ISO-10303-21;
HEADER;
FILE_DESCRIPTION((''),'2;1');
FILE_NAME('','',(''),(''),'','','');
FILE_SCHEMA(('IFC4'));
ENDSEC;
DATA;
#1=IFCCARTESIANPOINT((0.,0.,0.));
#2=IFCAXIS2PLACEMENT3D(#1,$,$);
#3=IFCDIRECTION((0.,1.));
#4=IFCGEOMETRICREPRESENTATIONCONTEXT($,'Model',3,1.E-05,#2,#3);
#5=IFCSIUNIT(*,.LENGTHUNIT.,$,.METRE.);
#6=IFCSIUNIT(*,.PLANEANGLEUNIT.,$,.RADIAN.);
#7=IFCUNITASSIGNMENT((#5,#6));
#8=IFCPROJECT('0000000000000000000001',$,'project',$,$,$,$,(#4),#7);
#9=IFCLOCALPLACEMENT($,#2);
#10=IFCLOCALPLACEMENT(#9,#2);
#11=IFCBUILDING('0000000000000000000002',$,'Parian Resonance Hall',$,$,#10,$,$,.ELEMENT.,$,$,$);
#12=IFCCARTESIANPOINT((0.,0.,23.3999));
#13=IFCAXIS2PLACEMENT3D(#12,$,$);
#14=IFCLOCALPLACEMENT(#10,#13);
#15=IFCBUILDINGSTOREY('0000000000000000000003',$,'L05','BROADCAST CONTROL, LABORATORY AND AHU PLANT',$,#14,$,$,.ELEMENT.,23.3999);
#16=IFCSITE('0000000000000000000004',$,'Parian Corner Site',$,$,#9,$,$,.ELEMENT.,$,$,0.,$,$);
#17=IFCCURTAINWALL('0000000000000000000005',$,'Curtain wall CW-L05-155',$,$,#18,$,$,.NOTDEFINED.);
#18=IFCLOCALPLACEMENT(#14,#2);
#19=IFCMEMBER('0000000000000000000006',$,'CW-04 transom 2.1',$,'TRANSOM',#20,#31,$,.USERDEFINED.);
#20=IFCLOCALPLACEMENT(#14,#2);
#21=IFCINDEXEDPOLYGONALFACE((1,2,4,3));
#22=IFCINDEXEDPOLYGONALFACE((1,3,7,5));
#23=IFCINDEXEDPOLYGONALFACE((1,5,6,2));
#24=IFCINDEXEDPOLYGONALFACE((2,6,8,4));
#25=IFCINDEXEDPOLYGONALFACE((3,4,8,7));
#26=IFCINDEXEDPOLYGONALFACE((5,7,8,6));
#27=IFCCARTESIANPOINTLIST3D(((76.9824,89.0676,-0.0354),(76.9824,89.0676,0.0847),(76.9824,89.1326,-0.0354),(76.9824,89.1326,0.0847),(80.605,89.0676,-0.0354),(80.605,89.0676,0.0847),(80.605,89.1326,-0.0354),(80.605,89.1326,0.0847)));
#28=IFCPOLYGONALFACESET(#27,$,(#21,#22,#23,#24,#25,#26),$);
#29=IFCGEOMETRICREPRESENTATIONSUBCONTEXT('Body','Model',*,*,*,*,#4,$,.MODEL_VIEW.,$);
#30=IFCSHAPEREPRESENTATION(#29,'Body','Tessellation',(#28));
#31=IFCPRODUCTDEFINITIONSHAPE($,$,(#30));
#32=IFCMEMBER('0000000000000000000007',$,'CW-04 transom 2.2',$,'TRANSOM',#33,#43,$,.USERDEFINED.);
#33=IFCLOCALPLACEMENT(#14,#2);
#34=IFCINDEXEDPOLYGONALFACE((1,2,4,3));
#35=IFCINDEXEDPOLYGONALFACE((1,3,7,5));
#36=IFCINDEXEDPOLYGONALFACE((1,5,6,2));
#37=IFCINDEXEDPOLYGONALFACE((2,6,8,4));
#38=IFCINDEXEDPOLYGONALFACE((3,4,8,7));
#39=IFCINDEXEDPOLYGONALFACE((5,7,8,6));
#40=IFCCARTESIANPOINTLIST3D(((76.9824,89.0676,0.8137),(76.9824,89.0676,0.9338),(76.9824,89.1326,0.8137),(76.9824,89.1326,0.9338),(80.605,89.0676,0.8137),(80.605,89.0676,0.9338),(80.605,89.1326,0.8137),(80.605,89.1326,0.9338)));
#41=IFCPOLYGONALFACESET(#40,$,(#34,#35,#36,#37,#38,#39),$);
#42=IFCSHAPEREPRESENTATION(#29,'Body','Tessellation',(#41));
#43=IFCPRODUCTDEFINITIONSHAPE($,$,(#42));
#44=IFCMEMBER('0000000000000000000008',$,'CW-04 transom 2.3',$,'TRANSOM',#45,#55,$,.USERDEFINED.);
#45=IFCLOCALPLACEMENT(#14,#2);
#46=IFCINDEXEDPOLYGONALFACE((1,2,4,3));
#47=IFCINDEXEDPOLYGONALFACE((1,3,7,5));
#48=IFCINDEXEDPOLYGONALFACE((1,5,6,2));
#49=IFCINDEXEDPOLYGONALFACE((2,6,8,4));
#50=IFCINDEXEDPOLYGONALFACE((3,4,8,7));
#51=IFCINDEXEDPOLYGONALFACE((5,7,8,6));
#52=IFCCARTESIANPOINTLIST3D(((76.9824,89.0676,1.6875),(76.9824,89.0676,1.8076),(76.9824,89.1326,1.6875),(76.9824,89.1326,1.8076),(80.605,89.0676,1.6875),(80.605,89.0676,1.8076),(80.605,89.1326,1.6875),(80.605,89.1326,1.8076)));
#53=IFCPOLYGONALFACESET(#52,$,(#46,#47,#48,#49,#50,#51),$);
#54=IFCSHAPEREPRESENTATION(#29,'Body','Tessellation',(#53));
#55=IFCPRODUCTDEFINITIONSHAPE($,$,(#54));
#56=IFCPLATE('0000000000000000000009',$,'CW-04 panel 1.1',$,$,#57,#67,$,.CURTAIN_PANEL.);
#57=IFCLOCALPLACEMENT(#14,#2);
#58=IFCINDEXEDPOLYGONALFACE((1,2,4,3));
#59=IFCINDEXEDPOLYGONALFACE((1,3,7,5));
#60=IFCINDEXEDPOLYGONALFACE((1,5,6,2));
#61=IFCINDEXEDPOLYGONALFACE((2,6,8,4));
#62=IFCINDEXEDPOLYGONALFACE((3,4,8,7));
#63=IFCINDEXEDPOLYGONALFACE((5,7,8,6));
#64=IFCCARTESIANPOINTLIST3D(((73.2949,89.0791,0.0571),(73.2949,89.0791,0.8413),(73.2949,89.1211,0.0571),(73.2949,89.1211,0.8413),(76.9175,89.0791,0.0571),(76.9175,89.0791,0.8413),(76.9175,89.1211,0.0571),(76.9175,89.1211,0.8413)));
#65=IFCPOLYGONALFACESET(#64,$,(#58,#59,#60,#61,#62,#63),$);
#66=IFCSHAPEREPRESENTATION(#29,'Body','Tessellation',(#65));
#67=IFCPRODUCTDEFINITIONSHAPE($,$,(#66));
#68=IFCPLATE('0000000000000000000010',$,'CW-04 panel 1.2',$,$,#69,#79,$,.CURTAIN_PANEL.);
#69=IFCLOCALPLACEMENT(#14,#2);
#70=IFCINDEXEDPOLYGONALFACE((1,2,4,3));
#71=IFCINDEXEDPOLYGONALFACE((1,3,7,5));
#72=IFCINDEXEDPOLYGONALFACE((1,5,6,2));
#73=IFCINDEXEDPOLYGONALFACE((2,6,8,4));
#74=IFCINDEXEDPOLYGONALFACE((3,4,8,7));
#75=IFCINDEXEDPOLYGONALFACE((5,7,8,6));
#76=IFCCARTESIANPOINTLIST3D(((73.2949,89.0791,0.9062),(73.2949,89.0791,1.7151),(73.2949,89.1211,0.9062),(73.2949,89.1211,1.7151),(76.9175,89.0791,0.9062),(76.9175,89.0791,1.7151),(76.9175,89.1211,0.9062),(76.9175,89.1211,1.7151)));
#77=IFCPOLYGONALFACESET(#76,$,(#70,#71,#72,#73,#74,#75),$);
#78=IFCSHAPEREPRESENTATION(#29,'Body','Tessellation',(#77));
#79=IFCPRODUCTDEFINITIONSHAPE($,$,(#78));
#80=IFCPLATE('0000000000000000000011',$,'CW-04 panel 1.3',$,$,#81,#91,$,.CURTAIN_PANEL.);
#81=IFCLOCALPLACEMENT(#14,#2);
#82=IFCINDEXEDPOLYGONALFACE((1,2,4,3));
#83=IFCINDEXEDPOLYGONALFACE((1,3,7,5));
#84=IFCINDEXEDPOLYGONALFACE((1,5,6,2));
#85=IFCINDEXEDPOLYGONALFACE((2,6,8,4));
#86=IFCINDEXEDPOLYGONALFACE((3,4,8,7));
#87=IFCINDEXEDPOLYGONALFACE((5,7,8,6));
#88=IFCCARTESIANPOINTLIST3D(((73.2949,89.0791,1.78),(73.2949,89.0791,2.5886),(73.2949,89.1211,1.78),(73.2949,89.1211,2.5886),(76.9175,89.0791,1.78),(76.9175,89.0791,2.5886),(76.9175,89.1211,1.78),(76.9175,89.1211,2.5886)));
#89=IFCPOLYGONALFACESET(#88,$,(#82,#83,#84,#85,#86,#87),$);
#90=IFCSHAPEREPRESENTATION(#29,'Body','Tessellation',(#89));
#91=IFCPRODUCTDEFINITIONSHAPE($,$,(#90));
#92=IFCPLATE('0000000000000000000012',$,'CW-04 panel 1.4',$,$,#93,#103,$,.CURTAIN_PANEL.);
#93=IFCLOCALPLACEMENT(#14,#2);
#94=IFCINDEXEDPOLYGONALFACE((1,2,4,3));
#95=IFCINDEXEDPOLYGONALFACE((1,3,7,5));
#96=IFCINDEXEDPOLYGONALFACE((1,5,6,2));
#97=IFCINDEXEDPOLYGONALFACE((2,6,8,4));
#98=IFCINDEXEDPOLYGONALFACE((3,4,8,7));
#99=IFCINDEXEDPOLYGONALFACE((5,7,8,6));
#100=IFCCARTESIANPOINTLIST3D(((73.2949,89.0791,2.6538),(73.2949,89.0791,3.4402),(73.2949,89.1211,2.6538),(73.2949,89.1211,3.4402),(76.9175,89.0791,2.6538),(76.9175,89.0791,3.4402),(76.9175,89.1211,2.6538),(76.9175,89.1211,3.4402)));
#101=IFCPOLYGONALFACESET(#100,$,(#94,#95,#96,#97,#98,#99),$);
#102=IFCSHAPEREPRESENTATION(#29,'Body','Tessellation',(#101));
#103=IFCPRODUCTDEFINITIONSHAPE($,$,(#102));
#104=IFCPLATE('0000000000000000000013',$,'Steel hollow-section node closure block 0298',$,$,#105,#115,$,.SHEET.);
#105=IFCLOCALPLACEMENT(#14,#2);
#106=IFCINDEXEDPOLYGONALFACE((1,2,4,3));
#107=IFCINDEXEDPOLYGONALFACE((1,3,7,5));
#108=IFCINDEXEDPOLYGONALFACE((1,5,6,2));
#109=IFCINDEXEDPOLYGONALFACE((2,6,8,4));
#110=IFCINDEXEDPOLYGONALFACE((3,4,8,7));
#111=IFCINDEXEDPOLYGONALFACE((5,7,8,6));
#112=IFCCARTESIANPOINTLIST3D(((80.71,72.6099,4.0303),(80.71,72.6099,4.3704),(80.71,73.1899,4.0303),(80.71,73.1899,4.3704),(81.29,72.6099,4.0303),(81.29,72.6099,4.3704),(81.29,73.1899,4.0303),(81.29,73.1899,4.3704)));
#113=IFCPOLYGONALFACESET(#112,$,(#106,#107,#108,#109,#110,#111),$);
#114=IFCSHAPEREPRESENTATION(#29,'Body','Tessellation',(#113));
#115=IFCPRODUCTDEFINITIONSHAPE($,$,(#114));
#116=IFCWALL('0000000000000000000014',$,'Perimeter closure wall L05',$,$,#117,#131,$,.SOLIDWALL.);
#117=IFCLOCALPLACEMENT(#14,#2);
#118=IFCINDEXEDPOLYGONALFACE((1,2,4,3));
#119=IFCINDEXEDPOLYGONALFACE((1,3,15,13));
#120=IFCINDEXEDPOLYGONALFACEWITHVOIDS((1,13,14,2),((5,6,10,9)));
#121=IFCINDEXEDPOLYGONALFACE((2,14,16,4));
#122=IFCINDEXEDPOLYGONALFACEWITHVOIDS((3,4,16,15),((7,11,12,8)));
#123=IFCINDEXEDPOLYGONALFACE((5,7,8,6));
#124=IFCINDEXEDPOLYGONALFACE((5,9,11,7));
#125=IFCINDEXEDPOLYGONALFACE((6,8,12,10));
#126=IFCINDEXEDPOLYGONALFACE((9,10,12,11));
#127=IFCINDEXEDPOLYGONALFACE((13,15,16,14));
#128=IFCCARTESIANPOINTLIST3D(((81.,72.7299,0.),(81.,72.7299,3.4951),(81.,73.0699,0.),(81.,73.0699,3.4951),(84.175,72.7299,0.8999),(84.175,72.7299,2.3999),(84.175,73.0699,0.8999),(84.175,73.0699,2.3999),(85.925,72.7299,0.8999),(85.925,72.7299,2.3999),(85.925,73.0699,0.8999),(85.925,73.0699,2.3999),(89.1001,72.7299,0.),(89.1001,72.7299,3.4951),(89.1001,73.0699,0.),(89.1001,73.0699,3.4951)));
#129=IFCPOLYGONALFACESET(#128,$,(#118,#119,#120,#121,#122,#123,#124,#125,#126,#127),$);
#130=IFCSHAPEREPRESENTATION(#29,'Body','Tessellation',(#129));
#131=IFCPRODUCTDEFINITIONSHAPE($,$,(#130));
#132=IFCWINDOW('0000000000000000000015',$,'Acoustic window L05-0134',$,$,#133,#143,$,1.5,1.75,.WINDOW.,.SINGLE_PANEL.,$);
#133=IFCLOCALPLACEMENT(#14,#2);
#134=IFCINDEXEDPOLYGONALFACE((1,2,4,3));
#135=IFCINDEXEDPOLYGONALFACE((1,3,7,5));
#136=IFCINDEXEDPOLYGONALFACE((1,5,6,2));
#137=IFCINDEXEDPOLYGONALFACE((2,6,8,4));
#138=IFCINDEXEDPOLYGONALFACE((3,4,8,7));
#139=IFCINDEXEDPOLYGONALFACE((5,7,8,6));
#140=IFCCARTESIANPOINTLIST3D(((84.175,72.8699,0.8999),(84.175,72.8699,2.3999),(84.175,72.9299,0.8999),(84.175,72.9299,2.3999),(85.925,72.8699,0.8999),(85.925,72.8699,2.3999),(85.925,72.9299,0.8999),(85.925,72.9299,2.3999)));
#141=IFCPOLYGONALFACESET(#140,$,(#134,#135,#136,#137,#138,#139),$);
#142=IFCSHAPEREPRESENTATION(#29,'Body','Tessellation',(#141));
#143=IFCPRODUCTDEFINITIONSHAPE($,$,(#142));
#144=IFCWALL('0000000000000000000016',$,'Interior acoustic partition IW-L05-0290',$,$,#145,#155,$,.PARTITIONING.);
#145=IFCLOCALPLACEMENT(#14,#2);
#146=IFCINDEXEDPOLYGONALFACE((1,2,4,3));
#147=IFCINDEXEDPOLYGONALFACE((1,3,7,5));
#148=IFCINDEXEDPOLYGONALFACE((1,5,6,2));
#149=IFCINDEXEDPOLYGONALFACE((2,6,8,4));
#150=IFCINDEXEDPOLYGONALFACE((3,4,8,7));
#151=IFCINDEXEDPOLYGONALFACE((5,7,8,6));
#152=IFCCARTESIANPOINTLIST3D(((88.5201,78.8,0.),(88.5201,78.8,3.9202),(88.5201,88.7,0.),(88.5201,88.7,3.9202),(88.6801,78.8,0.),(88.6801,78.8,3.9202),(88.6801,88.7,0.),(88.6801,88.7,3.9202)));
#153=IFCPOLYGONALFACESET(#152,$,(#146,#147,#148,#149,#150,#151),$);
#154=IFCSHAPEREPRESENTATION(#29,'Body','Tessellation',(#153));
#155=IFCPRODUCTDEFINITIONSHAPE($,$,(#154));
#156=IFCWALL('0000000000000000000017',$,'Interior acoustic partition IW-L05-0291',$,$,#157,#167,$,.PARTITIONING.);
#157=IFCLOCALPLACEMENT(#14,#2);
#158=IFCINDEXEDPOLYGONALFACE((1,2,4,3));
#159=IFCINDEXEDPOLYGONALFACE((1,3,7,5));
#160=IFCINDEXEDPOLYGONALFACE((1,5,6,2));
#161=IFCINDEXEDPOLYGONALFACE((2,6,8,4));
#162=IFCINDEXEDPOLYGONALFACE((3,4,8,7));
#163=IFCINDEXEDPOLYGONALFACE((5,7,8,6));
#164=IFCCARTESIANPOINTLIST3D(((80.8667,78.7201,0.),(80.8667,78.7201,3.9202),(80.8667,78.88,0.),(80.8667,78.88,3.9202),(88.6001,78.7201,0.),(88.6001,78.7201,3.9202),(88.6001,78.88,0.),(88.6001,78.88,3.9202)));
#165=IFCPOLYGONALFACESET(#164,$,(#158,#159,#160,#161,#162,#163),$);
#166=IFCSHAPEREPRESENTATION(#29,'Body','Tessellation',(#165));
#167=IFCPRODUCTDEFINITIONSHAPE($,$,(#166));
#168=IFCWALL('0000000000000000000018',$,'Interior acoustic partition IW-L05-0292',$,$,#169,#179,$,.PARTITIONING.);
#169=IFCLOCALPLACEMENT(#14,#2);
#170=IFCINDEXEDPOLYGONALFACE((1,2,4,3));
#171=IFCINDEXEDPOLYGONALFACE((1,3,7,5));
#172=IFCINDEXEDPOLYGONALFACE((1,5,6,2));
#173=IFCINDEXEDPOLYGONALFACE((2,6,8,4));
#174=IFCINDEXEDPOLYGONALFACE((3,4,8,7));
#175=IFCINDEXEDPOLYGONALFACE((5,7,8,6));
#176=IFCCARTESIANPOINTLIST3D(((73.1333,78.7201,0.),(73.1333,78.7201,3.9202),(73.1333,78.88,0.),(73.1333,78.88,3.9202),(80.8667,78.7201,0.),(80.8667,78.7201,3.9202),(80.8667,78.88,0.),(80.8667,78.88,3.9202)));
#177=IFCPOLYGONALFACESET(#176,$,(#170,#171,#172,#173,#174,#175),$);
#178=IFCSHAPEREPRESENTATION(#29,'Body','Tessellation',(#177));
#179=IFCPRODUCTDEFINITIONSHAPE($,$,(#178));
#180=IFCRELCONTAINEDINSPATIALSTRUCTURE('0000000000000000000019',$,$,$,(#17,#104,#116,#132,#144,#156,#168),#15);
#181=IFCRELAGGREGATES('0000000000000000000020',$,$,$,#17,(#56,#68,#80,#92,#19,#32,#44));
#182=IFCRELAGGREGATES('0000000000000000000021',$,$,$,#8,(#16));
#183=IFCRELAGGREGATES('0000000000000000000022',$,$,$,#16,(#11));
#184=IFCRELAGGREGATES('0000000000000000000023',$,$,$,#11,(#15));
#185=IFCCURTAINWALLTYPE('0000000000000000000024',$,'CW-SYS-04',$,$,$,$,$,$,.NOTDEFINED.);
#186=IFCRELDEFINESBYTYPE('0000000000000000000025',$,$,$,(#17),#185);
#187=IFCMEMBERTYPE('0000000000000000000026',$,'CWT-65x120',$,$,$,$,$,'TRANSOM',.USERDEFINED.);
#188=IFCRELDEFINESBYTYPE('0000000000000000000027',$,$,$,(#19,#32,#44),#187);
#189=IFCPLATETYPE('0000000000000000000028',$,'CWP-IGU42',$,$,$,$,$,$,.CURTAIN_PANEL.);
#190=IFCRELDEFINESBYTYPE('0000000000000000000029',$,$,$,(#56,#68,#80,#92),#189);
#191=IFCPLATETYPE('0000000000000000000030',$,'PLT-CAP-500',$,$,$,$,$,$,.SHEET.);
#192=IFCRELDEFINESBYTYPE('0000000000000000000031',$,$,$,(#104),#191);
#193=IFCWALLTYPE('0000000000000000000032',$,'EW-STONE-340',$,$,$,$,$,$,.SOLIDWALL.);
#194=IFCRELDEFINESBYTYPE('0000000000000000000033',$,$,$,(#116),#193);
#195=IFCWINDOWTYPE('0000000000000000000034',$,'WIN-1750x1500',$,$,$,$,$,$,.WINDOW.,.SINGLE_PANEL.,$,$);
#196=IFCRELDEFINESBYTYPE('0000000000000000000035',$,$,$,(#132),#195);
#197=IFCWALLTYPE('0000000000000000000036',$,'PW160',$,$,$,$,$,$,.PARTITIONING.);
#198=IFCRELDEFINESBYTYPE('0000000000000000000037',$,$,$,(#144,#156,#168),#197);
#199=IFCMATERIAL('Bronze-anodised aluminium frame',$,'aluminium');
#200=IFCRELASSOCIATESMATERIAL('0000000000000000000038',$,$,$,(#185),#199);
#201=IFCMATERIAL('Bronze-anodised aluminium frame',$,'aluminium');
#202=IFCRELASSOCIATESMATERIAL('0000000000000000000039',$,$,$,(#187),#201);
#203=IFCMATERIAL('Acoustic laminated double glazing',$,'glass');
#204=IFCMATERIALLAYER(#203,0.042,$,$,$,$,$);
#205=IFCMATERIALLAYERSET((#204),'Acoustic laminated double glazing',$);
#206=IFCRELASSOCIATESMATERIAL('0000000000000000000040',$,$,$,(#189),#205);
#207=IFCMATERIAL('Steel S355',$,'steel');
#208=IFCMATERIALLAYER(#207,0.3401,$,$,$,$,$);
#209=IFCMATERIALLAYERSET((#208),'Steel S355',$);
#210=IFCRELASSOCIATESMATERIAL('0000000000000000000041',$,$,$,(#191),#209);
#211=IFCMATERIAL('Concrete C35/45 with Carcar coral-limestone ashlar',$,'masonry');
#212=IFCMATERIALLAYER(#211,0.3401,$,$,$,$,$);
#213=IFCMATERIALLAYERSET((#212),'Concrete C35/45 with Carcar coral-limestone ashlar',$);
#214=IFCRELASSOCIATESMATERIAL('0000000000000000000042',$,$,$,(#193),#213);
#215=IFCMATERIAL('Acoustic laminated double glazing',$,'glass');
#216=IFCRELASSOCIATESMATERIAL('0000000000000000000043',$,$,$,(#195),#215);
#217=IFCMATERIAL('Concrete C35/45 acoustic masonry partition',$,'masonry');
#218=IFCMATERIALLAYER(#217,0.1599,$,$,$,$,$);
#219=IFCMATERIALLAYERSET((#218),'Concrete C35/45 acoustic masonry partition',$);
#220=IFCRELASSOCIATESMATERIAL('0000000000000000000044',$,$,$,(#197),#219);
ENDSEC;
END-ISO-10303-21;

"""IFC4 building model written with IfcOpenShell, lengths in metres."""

from ifc_helpers import new_model, si_unit, direction, frame, frame_2d, origin, origin_2d, place, context, subcontext, project, spatial, rectangle, extrude, material, layer, layer_set, material_profile, profile_set, type_object, element, fill, aggregate, save


model = new_model("IFC4")

# Units and contexts
model_context = context("Model", 3, precision=1e-05, world=origin(), true_north=direction((0.0, 1.0)))
body_context = subcontext(model_context, "Body", "Model", "MODEL_VIEW")
ifc_project = project(units=[si_unit("LENGTHUNIT", "METRE"), si_unit("PLANEANGLEUNIT", "RADIAN")], contexts=[model_context])

# Site, building, storey
site_placement = place(None, origin())
site = spatial("IfcSite", under=ifc_project, at=site_placement, Name="Parian Corner Site", CompositionType="ELEMENT", RefElevation=0.0)
building_placement = place(site_placement, origin())
building = spatial("IfcBuilding", under=site, at=building_placement, Name="Parian Resonance Hall", CompositionType="ELEMENT")
storey_placement = place(building_placement, frame((0.0, 0.0, 23.3999)))
storey = spatial("IfcBuildingStorey", under=building, at=storey_placement, Name="L05", Description="BROADCAST CONTROL, LABORATORY AND AHU PLANT", CompositionType="ELEMENT", Elevation=23.3999)

# Curtain wall, members, plates
ifc_material_1 = material(Name="Bronze-anodised aluminium frame", Category="aluminium")
curtain_wall_type = type_object("IfcCurtainWallType", Name="CW-SYS-04", PredefinedType="NOTDEFINED", material=ifc_material_1)
curtain_wall_placement = place(storey_placement, origin())
curtain_wall = element("IfcCurtainWall", 1, at=curtain_wall_placement, inside=storey, type_object=curtain_wall_type, Name="Curtain wall CW-L05-155", PredefinedType="NOTDEFINED")
ifc_material_2 = material(Name="Bronze-anodised aluminium frame", Category="aluminium")
ifc_material_profile_1 = material_profile(ifc_material_2, rectangle(XDim=0.0649, YDim=0.1201, at=origin_2d()), Name="CWT-65x120")
ifc_profile_set_1 = profile_set([ifc_material_profile_1], Name="Bronze-anodised aluminium frame")
member_type_1 = type_object("IfcMemberType", Name="CWT-65x120", ElementType="TRANSOM", PredefinedType="USERDEFINED", material=ifc_profile_set_1)
member_1_placement = place(storey_placement, frame((76.9824, 89.1001, 0.0247), z_axis=(1.0, 0.0, 0.0), x_axis=(0.0, 1.0, 0.0)))
member_1 = element("IfcMember", 2, at=member_1_placement, type_object=member_type_1, Name="CW-04 transom 2.1", ObjectType="TRANSOM", PredefinedType="USERDEFINED", context=body_context, shape_type="SweptSolid", body=[
    extrude(rectangle(XDim=0.0649, YDim=0.1201, at=origin_2d()), origin(), (0.0, 0.0, 1.0), 3.6226),
])
member_2_placement = place(storey_placement, frame((76.9824, 89.1001, 0.8738), z_axis=(1.0, 0.0, 0.0), x_axis=(0.0, 1.0, 0.0)))
member_2 = element("IfcMember", 3, at=member_2_placement, type_object=member_type_1, Name="CW-04 transom 2.2", ObjectType="TRANSOM", PredefinedType="USERDEFINED", context=body_context, shape_type="SweptSolid", body=[
    extrude(rectangle(XDim=0.0649, YDim=0.1201, at=origin_2d()), origin(), (0.0, 0.0, 1.0), 3.6226),
])
member_3_placement = place(storey_placement, frame((76.9824, 89.1001, 1.7476), z_axis=(1.0, 0.0, 0.0), x_axis=(0.0, 1.0, 0.0)))
member_3 = element("IfcMember", 4, at=member_3_placement, type_object=member_type_1, Name="CW-04 transom 2.3", ObjectType="TRANSOM", PredefinedType="USERDEFINED", context=body_context, shape_type="SweptSolid", body=[
    extrude(rectangle(XDim=0.0649, YDim=0.1201, at=origin_2d()), origin(), (0.0, 0.0, 1.0), 3.6226),
])
ifc_material_3 = material(Name="Acoustic laminated double glazing", Category="glass")
ifc_layer_1 = layer(ifc_material_3, 0.042)
ifc_layer_set_1 = layer_set([ifc_layer_1], Name="Acoustic laminated double glazing")
plate_type_1 = type_object("IfcPlateType", Name="CWP-IGU42", PredefinedType="CURTAIN_PANEL", material=ifc_layer_set_1)
plate_1_placement = place(storey_placement, frame((75.1062, 89.1001, 0.0571), z_axis=(0.0, 0.0, 1.0), x_axis=(1.0, 0.0, 0.0)))
plate_1 = element("IfcPlate", 5, at=plate_1_placement, type_object=plate_type_1, Name="CW-04 panel 1.1", PredefinedType="CURTAIN_PANEL", context=body_context, shape_type="SweptSolid", body=[
    extrude(rectangle(XDim=3.6226, YDim=0.042, at=origin_2d()), origin(), (0.0, 0.0, 1.0), 0.7842),
])
plate_2_placement = place(storey_placement, frame((75.1062, 89.1001, 0.9062), z_axis=(0.0, 0.0, 1.0), x_axis=(1.0, 0.0, 0.0)))
plate_2 = element("IfcPlate", 6, at=plate_2_placement, type_object=plate_type_1, Name="CW-04 panel 1.2", PredefinedType="CURTAIN_PANEL", context=body_context, shape_type="SweptSolid", body=[
    extrude(rectangle(XDim=3.6226, YDim=0.042, at=origin_2d()), origin(), (0.0, 0.0, 1.0), 0.8088),
])
plate_3_placement = place(storey_placement, frame((75.1062, 89.1001, 1.78), z_axis=(0.0, 0.0, 1.0), x_axis=(1.0, 0.0, 0.0)))
plate_3 = element("IfcPlate", 7, at=plate_3_placement, type_object=plate_type_1, Name="CW-04 panel 1.3", PredefinedType="CURTAIN_PANEL", context=body_context, shape_type="SweptSolid", body=[
    extrude(rectangle(XDim=3.6226, YDim=0.042, at=origin_2d()), origin(), (0.0, 0.0, 1.0), 0.8086),
])
plate_4_placement = place(storey_placement, frame((75.1062, 89.1001, 2.6538), z_axis=(0.0, 0.0, 1.0), x_axis=(1.0, 0.0, 0.0)))
plate_4 = element("IfcPlate", 8, at=plate_4_placement, type_object=plate_type_1, Name="CW-04 panel 1.4", PredefinedType="CURTAIN_PANEL", context=body_context, shape_type="SweptSolid", body=[
    extrude(rectangle(XDim=3.6226, YDim=0.042, at=origin_2d()), origin(), (0.0, 0.0, 1.0), 0.7864),
])
aggregate(curtain_wall, [plate_1, plate_2, plate_3, plate_4, member_1, member_2, member_3])

# Plate
ifc_material_4 = material(Name="Steel S355", Category="steel")
ifc_layer_2 = layer(ifc_material_4, 0.3401)
ifc_layer_set_2 = layer_set([ifc_layer_2], Name="Steel S355")
plate_type_2 = type_object("IfcPlateType", Name="PLT-CAP-500", PredefinedType="SHEET", material=ifc_layer_set_2)
plate_5_placement = place(storey_placement, frame((81.0, 72.8999, 4.0303), z_axis=(0.0, 0.0, 1.0), x_axis=(1.0, 0.0, 0.0)))
element("IfcPlate", 9, at=plate_5_placement, inside=storey, type_object=plate_type_2, Name="Steel hollow-section node closure block 0298", PredefinedType="SHEET", context=body_context, shape_type="SweptSolid", body=[
    extrude(rectangle(XDim=0.5801, YDim=0.5801, at=origin_2d()), origin(), (0.0, 0.0, 1.0), 0.3401),
])

# Wall, opening, window
ifc_material_5 = material(Name="Concrete C35/45 with Carcar coral-limestone ashlar", Category="masonry")
ifc_layer_3 = layer(ifc_material_5, 0.3401)
ifc_layer_set_3 = layer_set([ifc_layer_3], Name="Concrete C35/45 with Carcar coral-limestone ashlar")
wall_type_1 = type_object("IfcWallType", Name="EW-STONE-340", PredefinedType="SOLIDWALL", material=ifc_layer_set_3)
wall_1_placement = place(storey_placement, frame((81.0, 72.8999, 0.0), z_axis=(0.0, 0.0, 1.0), x_axis=(1.0, 0.0, 0.0)))
wall_1 = element("IfcWall", 10, at=wall_1_placement, inside=storey, type_object=wall_type_1, Name="Perimeter closure wall L05", PredefinedType="SOLIDWALL", context=body_context, shape_type="SweptSolid", body=[
    extrude(rectangle(XDim=8.1001, YDim=0.3401, at=frame_2d((4.05, 0.0))), origin(), (0.0, 0.0, 1.0), 3.4951),
])
opening_1_placement = place(wall_1_placement, frame((3.175, 0.0, 0.8999)))
opening_1 = element("IfcOpeningElement", 11, at=opening_1_placement, cuts=wall_1, PredefinedType="OPENING", context=body_context, shape_type="SweptSolid", body=[
    extrude(rectangle(XDim=1.75, YDim=1.5, at=frame_2d((0.875, 0.75))), frame((0.0, 0.1799, 0.0), z_axis=(0.0, -1.0, 0.0), x_axis=(1.0, 0.0, 0.0)), (0.0, 0.0, 1.0), 0.3601),
])
ifc_material_6 = material(Name="Acoustic laminated double glazing", Category="glass")
window_type = type_object("IfcWindowType", Name="WIN-1750x1500", PartitioningType="SINGLE_PANEL", PredefinedType="WINDOW", material=ifc_material_6)
window_placement = place(opening_1_placement, origin())
window = element("IfcWindow", 12, at=window_placement, inside=storey, type_object=window_type, Name="Acoustic window L05-0134", OverallHeight=1.5, OverallWidth=1.75, PartitioningType="SINGLE_PANEL", PredefinedType="WINDOW", context=body_context, shape_type="SweptSolid", body=[
    extrude(rectangle(XDim=1.75, YDim=1.5, at=frame_2d((0.875, 0.75))), frame((0.0, 0.03, 0.0), z_axis=(0.0, -1.0, 0.0), x_axis=(1.0, 0.0, 0.0)), (0.0, 0.0, 1.0), 0.0601),
])
fill(opening_1, window)

# Walls
ifc_material_7 = material(Name="Concrete C35/45 acoustic masonry partition", Category="masonry")
ifc_layer_4 = layer(ifc_material_7, 0.1599)
ifc_layer_set_4 = layer_set([ifc_layer_4], Name="Concrete C35/45 acoustic masonry partition")
wall_type_2 = type_object("IfcWallType", Name="PW160", PredefinedType="PARTITIONING", material=ifc_layer_set_4)
wall_2_placement = place(storey_placement, frame((88.6001, 88.7, 0.0), z_axis=(0.0, 0.0, 1.0), x_axis=(0.0, -1.0, 0.0)))
element("IfcWall", 13, at=wall_2_placement, inside=storey, type_object=wall_type_2, Name="Interior acoustic partition IW-L05-0290", PredefinedType="PARTITIONING", context=body_context, shape_type="SweptSolid", body=[
    extrude(rectangle(XDim=9.8999, YDim=0.1599, at=frame_2d((4.95, 0.0))), origin(), (0.0, 0.0, 1.0), 3.9202),
])
for number, where, z_axis, x_axis, name in (
    (14, (88.6001, 78.8, 0.0), (0.0, 0.0, 1.0), (-1.0, 0.0, 0.0), "Interior acoustic partition IW-L05-0291"),
    (15, (80.8667, 78.8, 0.0), (0.0, 0.0, 1.0), (-1.0, 0.0, 0.0), "Interior acoustic partition IW-L05-0292"),
):
    element("IfcWall", number, at=place(storey_placement, frame(where, z_axis=z_axis, x_axis=x_axis)), inside=storey, type_object=wall_type_2, Name=name, PredefinedType="PARTITIONING", context=body_context, shape_type="SweptSolid", body=[
        extrude(rectangle(XDim=7.7334, YDim=0.1599, at=frame_2d((3.8667, 0.0))), origin(), (0.0, 0.0, 1.0), 3.9202),
    ])

save(model, "model.ifc")
